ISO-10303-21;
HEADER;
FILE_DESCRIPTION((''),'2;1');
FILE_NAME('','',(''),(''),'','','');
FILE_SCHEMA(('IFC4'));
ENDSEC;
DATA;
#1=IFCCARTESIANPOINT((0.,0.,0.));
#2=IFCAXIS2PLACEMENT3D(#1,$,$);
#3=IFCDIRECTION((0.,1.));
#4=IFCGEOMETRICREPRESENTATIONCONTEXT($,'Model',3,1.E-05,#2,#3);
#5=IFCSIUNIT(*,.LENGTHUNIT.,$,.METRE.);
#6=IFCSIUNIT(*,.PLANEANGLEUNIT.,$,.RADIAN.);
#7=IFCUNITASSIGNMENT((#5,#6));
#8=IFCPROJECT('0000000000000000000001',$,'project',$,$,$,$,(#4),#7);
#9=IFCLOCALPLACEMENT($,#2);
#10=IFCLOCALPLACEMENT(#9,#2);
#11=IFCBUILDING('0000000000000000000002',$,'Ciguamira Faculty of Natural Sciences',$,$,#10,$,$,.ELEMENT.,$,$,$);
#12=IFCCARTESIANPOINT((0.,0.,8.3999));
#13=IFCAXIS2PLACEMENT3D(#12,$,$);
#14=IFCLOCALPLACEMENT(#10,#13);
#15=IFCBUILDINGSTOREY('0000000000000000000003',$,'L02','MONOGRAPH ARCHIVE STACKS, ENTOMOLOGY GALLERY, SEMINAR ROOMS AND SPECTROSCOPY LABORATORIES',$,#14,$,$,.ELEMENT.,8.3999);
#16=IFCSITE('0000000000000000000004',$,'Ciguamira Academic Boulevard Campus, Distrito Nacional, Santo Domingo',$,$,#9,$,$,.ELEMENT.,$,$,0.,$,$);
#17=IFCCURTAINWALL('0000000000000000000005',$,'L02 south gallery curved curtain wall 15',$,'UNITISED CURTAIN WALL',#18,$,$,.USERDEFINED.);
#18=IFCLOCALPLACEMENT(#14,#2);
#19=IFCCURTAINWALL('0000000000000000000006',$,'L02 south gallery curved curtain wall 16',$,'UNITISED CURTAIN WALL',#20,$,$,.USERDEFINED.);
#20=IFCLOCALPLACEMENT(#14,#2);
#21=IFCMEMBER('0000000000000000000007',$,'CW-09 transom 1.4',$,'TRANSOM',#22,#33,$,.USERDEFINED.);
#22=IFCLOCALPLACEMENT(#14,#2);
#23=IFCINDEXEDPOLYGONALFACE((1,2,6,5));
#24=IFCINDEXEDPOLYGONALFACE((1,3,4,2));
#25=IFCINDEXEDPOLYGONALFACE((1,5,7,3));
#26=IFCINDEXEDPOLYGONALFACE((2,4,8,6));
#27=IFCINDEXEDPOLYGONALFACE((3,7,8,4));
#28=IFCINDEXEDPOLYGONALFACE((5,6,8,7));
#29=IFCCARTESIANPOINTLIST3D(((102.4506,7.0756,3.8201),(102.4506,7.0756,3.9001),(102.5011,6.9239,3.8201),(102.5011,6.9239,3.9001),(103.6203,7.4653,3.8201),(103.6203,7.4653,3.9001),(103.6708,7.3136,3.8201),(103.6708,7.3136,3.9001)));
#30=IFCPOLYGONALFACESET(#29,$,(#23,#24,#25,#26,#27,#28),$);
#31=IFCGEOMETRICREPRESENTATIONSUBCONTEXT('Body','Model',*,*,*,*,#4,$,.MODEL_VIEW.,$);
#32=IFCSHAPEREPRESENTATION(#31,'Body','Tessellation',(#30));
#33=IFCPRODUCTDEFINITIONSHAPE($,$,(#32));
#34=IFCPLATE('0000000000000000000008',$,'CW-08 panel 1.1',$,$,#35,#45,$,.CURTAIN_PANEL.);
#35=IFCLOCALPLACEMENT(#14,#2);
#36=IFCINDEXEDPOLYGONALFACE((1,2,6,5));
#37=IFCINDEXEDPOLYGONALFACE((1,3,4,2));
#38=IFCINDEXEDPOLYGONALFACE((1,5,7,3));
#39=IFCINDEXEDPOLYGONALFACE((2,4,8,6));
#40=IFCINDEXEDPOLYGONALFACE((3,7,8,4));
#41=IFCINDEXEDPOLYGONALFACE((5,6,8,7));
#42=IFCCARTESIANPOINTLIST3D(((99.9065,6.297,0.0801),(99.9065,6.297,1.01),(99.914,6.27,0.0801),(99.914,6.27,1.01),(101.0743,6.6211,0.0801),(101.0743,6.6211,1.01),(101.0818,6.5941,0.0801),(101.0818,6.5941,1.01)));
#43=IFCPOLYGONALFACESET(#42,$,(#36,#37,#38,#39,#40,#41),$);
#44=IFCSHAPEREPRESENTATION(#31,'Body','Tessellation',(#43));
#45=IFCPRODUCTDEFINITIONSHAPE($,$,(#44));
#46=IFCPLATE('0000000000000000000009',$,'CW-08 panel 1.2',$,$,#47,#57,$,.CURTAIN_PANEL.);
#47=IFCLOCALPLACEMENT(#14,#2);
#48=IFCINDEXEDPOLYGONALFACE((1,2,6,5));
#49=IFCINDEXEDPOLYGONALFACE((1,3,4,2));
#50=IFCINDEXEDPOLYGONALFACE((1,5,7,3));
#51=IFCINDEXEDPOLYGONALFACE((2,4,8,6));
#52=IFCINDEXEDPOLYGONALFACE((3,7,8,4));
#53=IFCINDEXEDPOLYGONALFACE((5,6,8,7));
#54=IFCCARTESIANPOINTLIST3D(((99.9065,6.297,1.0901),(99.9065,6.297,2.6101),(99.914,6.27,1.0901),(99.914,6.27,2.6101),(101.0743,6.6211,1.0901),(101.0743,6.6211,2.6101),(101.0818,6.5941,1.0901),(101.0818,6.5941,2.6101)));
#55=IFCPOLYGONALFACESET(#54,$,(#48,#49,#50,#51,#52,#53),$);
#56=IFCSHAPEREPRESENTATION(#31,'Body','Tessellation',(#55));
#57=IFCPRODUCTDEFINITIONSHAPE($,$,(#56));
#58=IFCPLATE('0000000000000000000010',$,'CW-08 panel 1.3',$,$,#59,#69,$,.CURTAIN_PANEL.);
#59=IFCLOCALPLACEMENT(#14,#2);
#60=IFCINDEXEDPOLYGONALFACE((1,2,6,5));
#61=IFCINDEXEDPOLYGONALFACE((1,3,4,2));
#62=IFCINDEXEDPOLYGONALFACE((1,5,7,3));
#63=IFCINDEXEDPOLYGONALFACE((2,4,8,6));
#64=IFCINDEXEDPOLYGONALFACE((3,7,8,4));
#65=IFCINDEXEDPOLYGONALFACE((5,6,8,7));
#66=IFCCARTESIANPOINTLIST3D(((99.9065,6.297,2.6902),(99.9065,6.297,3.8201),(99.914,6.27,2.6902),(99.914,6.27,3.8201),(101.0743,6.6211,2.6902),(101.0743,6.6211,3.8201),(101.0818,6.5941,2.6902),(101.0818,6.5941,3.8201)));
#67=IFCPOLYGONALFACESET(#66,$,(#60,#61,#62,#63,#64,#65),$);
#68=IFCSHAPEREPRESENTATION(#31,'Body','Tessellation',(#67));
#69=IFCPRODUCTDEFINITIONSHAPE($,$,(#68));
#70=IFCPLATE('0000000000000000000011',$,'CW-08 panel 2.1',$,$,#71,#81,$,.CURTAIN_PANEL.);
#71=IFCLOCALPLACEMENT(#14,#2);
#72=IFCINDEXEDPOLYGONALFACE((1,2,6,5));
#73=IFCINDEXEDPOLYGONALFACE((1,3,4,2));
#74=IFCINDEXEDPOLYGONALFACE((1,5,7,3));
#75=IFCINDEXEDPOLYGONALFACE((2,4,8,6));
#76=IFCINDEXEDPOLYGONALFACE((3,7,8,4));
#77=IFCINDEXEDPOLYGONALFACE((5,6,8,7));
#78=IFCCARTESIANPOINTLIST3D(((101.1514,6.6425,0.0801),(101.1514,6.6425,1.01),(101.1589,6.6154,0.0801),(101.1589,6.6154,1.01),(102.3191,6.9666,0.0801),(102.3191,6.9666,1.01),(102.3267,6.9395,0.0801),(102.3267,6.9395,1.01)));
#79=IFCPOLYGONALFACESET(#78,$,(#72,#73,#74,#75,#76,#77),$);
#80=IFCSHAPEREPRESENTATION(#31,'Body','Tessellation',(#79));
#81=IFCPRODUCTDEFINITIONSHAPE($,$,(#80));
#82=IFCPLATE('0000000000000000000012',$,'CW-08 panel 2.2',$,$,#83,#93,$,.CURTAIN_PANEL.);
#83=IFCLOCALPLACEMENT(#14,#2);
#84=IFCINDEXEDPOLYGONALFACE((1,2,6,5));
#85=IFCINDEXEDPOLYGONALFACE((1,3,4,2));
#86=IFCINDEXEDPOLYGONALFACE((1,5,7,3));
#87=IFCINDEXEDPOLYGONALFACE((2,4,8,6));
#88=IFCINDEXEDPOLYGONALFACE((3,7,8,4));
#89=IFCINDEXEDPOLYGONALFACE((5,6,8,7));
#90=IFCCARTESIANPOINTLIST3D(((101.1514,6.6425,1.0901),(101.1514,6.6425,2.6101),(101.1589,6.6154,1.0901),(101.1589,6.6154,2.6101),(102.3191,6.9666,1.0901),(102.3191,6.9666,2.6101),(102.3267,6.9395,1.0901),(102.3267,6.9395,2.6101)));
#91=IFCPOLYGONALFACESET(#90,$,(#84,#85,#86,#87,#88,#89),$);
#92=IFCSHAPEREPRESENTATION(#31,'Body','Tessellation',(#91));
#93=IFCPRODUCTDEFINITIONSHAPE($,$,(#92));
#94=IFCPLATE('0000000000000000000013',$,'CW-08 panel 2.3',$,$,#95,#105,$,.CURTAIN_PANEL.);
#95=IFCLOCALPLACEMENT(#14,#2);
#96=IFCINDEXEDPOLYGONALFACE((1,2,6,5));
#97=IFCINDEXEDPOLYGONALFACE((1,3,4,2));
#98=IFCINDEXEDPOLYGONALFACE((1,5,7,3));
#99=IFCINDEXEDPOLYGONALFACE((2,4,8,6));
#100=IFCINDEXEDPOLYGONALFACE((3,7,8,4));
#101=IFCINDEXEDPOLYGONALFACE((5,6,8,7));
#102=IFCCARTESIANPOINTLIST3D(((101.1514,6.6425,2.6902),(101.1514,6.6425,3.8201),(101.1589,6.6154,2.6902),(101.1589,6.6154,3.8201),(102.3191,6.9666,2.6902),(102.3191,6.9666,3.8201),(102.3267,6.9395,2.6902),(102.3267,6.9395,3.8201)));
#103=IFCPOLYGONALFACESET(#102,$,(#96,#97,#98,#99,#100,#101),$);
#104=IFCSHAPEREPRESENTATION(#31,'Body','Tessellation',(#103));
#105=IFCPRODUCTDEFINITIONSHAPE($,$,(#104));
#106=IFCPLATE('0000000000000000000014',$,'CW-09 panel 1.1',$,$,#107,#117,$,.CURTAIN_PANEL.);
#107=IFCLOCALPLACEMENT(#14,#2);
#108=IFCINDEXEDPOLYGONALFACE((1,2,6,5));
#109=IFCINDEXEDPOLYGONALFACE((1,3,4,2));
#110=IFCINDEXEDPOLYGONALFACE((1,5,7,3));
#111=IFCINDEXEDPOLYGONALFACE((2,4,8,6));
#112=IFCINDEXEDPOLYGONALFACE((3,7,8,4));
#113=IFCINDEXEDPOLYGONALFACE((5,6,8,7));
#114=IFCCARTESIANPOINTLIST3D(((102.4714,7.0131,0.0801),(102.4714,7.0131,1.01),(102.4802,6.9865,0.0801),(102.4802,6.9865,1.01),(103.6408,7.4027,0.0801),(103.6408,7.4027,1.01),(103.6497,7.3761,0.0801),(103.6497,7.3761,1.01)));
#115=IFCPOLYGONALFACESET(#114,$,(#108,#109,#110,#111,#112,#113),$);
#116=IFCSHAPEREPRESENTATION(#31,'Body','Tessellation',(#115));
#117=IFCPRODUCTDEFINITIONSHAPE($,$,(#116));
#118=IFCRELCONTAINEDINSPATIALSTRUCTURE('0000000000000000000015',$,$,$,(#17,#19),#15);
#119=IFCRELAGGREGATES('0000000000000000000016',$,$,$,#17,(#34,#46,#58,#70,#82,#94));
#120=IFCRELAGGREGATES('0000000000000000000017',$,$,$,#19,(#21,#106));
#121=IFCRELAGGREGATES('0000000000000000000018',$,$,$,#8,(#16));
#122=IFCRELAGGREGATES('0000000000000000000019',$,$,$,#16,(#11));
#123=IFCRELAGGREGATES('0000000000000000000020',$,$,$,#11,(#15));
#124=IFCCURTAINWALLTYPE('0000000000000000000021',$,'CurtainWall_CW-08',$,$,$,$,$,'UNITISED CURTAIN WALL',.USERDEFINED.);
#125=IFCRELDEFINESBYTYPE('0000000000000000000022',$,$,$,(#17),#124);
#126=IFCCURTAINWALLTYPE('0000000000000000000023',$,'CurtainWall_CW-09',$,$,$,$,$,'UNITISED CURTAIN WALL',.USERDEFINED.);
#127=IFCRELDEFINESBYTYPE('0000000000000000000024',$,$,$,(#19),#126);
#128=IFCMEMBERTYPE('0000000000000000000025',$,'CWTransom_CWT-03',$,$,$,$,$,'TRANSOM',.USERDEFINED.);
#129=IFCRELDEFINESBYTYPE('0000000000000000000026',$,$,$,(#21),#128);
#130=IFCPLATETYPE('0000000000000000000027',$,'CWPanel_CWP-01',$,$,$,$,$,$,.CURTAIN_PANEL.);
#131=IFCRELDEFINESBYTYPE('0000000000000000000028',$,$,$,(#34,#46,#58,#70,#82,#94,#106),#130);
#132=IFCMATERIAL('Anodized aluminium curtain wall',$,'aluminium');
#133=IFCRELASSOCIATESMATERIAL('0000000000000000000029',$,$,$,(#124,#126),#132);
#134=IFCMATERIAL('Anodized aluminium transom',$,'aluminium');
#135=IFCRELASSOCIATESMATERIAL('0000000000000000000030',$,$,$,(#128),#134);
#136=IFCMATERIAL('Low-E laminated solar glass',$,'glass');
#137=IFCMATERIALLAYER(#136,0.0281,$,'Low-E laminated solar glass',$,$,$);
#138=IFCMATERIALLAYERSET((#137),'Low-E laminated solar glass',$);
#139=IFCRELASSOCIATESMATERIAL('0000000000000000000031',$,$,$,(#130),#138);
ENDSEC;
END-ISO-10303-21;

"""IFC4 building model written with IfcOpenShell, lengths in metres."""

from ifc_helpers import new_model, si_unit, direction, frame, origin, origin_2d, place, context, subcontext, project, spatial, rectangle, extrude, material, layer, layer_set, material_profile, profile_set, type_object, element, aggregate, save


model = new_model("IFC4")

# Units and contexts
model_context = context("Model", 3, precision=1e-05, world=origin(), true_north=direction((0.0, 1.0)))
body_context = subcontext(model_context, "Body", "Model", "MODEL_VIEW")
ifc_project = project(units=[si_unit("LENGTHUNIT", "METRE"), si_unit("PLANEANGLEUNIT", "RADIAN")], contexts=[model_context])

# Site, building, storey
site_placement = place(None, origin())
site = spatial("IfcSite", under=ifc_project, at=site_placement, Name="Ciguamira Academic Boulevard Campus, Distrito Nacional, Santo Domingo", CompositionType="ELEMENT", RefElevation=0.0)
building_placement = place(site_placement, origin())
building = spatial("IfcBuilding", under=site, at=building_placement, Name="Ciguamira Faculty of Natural Sciences", CompositionType="ELEMENT")
storey_placement = place(building_placement, frame((0.0, 0.0, 8.3999)))
storey = spatial("IfcBuildingStorey", under=building, at=storey_placement, Name="L02", Description="MONOGRAPH ARCHIVE STACKS, ENTOMOLOGY GALLERY, SEMINAR ROOMS AND SPECTROSCOPY LABORATORIES", CompositionType="ELEMENT", Elevation=8.3999)

# Curtain wall
ifc_material_1 = material(Name="Anodized aluminium curtain wall", Category="aluminium")
curtain_wall_type_1 = type_object("IfcCurtainWallType", Name="CurtainWall_CW-08", ElementType="UNITISED CURTAIN WALL", PredefinedType="USERDEFINED", material=ifc_material_1)
curtain_wall_1_placement = place(storey_placement, origin())
curtain_wall_1 = element("IfcCurtainWall", 1, at=curtain_wall_1_placement, inside=storey, type_object=curtain_wall_type_1, Name="L02 south gallery curved curtain wall 15", ObjectType="UNITISED CURTAIN WALL", PredefinedType="USERDEFINED")

# Curtain wall
curtain_wall_type_2 = type_object("IfcCurtainWallType", Name="CurtainWall_CW-09", ElementType="UNITISED CURTAIN WALL", PredefinedType="USERDEFINED", material=ifc_material_1)
curtain_wall_2_placement = place(storey_placement, origin())
curtain_wall_2 = element("IfcCurtainWall", 2, at=curtain_wall_2_placement, inside=storey, type_object=curtain_wall_type_2, Name="L02 south gallery curved curtain wall 16", ObjectType="UNITISED CURTAIN WALL", PredefinedType="USERDEFINED")

# Member
ifc_material_2 = material(Name="Anodized aluminium transom", Category="aluminium")
ifc_material_profile_1 = material_profile(ifc_material_2, rectangle(XDim=0.0801, YDim=0.1599, at=origin_2d()), Name="ALU-TRN-80X160")
ifc_profile_set_1 = profile_set([ifc_material_profile_1], Name="Anodized aluminium transom")
member_type_1 = type_object("IfcMemberType", Name="CWTransom_CWT-03", ElementType="TRANSOM", PredefinedType="USERDEFINED", material=ifc_profile_set_1)
member_1_placement = place(storey_placement, frame((102.4758, 6.9998, 3.8601), z_axis=(0.948743, 0.31605, 0.0), x_axis=(0.0, 0.0, 1.0)))
member_1 = element("IfcMember", 3, at=member_1_placement, type_object=member_type_1, Name="CW-09 transom 1.4", ObjectType="TRANSOM", PredefinedType="USERDEFINED", context=body_context, shape_type="SweptSolid", body=[
    extrude(rectangle(XDim=0.0801, YDim=0.1599, at=origin_2d()), origin(), (0.0, 0.0, 1.0), 1.2329),
])

# Plates
ifc_material_3 = material(Name="Low-E laminated solar glass", Category="glass")
ifc_layer = layer(ifc_material_3, 0.0281, Name="Low-E laminated solar glass")
ifc_layer_set = layer_set([ifc_layer], Name="Low-E laminated solar glass")
plate_type = type_object("IfcPlateType", Name="CWPanel_CWP-01", PredefinedType="CURTAIN_PANEL", material=ifc_layer_set)
plate_1_placement = place(storey_placement, frame((100.4941, 6.4456, 0.0801), z_axis=(0.0, 0.0, 1.0), x_axis=(0.963573, 0.267444, 0.0)))
plate_1 = element("IfcPlate", 4, at=plate_1_placement, type_object=plate_type, Name="CW-08 panel 1.1", PredefinedType="CURTAIN_PANEL", context=body_context, shape_type="SweptSolid", body=[
    extrude(rectangle(XDim=1.2119, YDim=0.0281, at=origin_2d()), origin(), (0.0, 0.0, 1.0), 0.9299),
])
plate_2_placement = place(storey_placement, frame((100.4941, 6.4456, 1.0901), z_axis=(0.0, 0.0, 1.0), x_axis=(0.963573, 0.267444, 0.0)))
plate_2 = element("IfcPlate", 5, at=plate_2_placement, type_object=plate_type, Name="CW-08 panel 1.2", PredefinedType="CURTAIN_PANEL", context=body_context, shape_type="SweptSolid", body=[
    extrude(rectangle(XDim=1.2119, YDim=0.0281, at=origin_2d()), origin(), (0.0, 0.0, 1.0), 1.52),
])
plate_3_placement = place(storey_placement, frame((100.4941, 6.4456, 2.6902), z_axis=(0.0, 0.0, 1.0), x_axis=(0.963573, 0.267444, 0.0)))
plate_3 = element("IfcPlate", 6, at=plate_3_placement, type_object=plate_type, Name="CW-08 panel 1.3", PredefinedType="CURTAIN_PANEL", context=body_context, shape_type="SweptSolid", body=[
    extrude(rectangle(XDim=1.2119, YDim=0.0281, at=origin_2d()), origin(), (0.0, 0.0, 1.0), 1.1299),
])
plate_4_placement = place(storey_placement, frame((101.739, 6.791, 0.0801), z_axis=(0.0, 0.0, 1.0), x_axis=(0.963573, 0.267444, 0.0)))
plate_4 = element("IfcPlate", 7, at=plate_4_placement, type_object=plate_type, Name="CW-08 panel 2.1", PredefinedType="CURTAIN_PANEL", context=body_context, shape_type="SweptSolid", body=[
    extrude(rectangle(XDim=1.2119, YDim=0.0281, at=origin_2d()), origin(), (0.0, 0.0, 1.0), 0.9299),
])
plate_5_placement = place(storey_placement, frame((101.739, 6.791, 1.0901), z_axis=(0.0, 0.0, 1.0), x_axis=(0.963573, 0.267444, 0.0)))
plate_5 = element("IfcPlate", 8, at=plate_5_placement, type_object=plate_type, Name="CW-08 panel 2.2", PredefinedType="CURTAIN_PANEL", context=body_context, shape_type="SweptSolid", body=[
    extrude(rectangle(XDim=1.2119, YDim=0.0281, at=origin_2d()), origin(), (0.0, 0.0, 1.0), 1.52),
])
plate_6_placement = place(storey_placement, frame((101.739, 6.791, 2.6902), z_axis=(0.0, 0.0, 1.0), x_axis=(0.963573, 0.267444, 0.0)))
plate_6 = element("IfcPlate", 9, at=plate_6_placement, type_object=plate_type, Name="CW-08 panel 2.3", PredefinedType="CURTAIN_PANEL", context=body_context, shape_type="SweptSolid", body=[
    extrude(rectangle(XDim=1.2119, YDim=0.0281, at=origin_2d()), origin(), (0.0, 0.0, 1.0), 1.1299),
])
aggregate(curtain_wall_1, [plate_1, plate_2, plate_3, plate_4, plate_5, plate_6])
plate_7_placement = place(storey_placement, frame((103.0605, 7.1946, 0.0801), z_axis=(0.0, 0.0, 1.0), x_axis=(0.948735, 0.316073, 0.0)))
plate_7 = element("IfcPlate", 10, at=plate_7_placement, type_object=plate_type, Name="CW-09 panel 1.1", PredefinedType="CURTAIN_PANEL", context=body_context, shape_type="SweptSolid", body=[
    extrude(rectangle(XDim=1.2327, YDim=0.0281, at=origin_2d()), origin(), (0.0, 0.0, 1.0), 0.9299),
])
aggregate(curtain_wall_2, [member_1, plate_7])

save(model, "model.ifc")
